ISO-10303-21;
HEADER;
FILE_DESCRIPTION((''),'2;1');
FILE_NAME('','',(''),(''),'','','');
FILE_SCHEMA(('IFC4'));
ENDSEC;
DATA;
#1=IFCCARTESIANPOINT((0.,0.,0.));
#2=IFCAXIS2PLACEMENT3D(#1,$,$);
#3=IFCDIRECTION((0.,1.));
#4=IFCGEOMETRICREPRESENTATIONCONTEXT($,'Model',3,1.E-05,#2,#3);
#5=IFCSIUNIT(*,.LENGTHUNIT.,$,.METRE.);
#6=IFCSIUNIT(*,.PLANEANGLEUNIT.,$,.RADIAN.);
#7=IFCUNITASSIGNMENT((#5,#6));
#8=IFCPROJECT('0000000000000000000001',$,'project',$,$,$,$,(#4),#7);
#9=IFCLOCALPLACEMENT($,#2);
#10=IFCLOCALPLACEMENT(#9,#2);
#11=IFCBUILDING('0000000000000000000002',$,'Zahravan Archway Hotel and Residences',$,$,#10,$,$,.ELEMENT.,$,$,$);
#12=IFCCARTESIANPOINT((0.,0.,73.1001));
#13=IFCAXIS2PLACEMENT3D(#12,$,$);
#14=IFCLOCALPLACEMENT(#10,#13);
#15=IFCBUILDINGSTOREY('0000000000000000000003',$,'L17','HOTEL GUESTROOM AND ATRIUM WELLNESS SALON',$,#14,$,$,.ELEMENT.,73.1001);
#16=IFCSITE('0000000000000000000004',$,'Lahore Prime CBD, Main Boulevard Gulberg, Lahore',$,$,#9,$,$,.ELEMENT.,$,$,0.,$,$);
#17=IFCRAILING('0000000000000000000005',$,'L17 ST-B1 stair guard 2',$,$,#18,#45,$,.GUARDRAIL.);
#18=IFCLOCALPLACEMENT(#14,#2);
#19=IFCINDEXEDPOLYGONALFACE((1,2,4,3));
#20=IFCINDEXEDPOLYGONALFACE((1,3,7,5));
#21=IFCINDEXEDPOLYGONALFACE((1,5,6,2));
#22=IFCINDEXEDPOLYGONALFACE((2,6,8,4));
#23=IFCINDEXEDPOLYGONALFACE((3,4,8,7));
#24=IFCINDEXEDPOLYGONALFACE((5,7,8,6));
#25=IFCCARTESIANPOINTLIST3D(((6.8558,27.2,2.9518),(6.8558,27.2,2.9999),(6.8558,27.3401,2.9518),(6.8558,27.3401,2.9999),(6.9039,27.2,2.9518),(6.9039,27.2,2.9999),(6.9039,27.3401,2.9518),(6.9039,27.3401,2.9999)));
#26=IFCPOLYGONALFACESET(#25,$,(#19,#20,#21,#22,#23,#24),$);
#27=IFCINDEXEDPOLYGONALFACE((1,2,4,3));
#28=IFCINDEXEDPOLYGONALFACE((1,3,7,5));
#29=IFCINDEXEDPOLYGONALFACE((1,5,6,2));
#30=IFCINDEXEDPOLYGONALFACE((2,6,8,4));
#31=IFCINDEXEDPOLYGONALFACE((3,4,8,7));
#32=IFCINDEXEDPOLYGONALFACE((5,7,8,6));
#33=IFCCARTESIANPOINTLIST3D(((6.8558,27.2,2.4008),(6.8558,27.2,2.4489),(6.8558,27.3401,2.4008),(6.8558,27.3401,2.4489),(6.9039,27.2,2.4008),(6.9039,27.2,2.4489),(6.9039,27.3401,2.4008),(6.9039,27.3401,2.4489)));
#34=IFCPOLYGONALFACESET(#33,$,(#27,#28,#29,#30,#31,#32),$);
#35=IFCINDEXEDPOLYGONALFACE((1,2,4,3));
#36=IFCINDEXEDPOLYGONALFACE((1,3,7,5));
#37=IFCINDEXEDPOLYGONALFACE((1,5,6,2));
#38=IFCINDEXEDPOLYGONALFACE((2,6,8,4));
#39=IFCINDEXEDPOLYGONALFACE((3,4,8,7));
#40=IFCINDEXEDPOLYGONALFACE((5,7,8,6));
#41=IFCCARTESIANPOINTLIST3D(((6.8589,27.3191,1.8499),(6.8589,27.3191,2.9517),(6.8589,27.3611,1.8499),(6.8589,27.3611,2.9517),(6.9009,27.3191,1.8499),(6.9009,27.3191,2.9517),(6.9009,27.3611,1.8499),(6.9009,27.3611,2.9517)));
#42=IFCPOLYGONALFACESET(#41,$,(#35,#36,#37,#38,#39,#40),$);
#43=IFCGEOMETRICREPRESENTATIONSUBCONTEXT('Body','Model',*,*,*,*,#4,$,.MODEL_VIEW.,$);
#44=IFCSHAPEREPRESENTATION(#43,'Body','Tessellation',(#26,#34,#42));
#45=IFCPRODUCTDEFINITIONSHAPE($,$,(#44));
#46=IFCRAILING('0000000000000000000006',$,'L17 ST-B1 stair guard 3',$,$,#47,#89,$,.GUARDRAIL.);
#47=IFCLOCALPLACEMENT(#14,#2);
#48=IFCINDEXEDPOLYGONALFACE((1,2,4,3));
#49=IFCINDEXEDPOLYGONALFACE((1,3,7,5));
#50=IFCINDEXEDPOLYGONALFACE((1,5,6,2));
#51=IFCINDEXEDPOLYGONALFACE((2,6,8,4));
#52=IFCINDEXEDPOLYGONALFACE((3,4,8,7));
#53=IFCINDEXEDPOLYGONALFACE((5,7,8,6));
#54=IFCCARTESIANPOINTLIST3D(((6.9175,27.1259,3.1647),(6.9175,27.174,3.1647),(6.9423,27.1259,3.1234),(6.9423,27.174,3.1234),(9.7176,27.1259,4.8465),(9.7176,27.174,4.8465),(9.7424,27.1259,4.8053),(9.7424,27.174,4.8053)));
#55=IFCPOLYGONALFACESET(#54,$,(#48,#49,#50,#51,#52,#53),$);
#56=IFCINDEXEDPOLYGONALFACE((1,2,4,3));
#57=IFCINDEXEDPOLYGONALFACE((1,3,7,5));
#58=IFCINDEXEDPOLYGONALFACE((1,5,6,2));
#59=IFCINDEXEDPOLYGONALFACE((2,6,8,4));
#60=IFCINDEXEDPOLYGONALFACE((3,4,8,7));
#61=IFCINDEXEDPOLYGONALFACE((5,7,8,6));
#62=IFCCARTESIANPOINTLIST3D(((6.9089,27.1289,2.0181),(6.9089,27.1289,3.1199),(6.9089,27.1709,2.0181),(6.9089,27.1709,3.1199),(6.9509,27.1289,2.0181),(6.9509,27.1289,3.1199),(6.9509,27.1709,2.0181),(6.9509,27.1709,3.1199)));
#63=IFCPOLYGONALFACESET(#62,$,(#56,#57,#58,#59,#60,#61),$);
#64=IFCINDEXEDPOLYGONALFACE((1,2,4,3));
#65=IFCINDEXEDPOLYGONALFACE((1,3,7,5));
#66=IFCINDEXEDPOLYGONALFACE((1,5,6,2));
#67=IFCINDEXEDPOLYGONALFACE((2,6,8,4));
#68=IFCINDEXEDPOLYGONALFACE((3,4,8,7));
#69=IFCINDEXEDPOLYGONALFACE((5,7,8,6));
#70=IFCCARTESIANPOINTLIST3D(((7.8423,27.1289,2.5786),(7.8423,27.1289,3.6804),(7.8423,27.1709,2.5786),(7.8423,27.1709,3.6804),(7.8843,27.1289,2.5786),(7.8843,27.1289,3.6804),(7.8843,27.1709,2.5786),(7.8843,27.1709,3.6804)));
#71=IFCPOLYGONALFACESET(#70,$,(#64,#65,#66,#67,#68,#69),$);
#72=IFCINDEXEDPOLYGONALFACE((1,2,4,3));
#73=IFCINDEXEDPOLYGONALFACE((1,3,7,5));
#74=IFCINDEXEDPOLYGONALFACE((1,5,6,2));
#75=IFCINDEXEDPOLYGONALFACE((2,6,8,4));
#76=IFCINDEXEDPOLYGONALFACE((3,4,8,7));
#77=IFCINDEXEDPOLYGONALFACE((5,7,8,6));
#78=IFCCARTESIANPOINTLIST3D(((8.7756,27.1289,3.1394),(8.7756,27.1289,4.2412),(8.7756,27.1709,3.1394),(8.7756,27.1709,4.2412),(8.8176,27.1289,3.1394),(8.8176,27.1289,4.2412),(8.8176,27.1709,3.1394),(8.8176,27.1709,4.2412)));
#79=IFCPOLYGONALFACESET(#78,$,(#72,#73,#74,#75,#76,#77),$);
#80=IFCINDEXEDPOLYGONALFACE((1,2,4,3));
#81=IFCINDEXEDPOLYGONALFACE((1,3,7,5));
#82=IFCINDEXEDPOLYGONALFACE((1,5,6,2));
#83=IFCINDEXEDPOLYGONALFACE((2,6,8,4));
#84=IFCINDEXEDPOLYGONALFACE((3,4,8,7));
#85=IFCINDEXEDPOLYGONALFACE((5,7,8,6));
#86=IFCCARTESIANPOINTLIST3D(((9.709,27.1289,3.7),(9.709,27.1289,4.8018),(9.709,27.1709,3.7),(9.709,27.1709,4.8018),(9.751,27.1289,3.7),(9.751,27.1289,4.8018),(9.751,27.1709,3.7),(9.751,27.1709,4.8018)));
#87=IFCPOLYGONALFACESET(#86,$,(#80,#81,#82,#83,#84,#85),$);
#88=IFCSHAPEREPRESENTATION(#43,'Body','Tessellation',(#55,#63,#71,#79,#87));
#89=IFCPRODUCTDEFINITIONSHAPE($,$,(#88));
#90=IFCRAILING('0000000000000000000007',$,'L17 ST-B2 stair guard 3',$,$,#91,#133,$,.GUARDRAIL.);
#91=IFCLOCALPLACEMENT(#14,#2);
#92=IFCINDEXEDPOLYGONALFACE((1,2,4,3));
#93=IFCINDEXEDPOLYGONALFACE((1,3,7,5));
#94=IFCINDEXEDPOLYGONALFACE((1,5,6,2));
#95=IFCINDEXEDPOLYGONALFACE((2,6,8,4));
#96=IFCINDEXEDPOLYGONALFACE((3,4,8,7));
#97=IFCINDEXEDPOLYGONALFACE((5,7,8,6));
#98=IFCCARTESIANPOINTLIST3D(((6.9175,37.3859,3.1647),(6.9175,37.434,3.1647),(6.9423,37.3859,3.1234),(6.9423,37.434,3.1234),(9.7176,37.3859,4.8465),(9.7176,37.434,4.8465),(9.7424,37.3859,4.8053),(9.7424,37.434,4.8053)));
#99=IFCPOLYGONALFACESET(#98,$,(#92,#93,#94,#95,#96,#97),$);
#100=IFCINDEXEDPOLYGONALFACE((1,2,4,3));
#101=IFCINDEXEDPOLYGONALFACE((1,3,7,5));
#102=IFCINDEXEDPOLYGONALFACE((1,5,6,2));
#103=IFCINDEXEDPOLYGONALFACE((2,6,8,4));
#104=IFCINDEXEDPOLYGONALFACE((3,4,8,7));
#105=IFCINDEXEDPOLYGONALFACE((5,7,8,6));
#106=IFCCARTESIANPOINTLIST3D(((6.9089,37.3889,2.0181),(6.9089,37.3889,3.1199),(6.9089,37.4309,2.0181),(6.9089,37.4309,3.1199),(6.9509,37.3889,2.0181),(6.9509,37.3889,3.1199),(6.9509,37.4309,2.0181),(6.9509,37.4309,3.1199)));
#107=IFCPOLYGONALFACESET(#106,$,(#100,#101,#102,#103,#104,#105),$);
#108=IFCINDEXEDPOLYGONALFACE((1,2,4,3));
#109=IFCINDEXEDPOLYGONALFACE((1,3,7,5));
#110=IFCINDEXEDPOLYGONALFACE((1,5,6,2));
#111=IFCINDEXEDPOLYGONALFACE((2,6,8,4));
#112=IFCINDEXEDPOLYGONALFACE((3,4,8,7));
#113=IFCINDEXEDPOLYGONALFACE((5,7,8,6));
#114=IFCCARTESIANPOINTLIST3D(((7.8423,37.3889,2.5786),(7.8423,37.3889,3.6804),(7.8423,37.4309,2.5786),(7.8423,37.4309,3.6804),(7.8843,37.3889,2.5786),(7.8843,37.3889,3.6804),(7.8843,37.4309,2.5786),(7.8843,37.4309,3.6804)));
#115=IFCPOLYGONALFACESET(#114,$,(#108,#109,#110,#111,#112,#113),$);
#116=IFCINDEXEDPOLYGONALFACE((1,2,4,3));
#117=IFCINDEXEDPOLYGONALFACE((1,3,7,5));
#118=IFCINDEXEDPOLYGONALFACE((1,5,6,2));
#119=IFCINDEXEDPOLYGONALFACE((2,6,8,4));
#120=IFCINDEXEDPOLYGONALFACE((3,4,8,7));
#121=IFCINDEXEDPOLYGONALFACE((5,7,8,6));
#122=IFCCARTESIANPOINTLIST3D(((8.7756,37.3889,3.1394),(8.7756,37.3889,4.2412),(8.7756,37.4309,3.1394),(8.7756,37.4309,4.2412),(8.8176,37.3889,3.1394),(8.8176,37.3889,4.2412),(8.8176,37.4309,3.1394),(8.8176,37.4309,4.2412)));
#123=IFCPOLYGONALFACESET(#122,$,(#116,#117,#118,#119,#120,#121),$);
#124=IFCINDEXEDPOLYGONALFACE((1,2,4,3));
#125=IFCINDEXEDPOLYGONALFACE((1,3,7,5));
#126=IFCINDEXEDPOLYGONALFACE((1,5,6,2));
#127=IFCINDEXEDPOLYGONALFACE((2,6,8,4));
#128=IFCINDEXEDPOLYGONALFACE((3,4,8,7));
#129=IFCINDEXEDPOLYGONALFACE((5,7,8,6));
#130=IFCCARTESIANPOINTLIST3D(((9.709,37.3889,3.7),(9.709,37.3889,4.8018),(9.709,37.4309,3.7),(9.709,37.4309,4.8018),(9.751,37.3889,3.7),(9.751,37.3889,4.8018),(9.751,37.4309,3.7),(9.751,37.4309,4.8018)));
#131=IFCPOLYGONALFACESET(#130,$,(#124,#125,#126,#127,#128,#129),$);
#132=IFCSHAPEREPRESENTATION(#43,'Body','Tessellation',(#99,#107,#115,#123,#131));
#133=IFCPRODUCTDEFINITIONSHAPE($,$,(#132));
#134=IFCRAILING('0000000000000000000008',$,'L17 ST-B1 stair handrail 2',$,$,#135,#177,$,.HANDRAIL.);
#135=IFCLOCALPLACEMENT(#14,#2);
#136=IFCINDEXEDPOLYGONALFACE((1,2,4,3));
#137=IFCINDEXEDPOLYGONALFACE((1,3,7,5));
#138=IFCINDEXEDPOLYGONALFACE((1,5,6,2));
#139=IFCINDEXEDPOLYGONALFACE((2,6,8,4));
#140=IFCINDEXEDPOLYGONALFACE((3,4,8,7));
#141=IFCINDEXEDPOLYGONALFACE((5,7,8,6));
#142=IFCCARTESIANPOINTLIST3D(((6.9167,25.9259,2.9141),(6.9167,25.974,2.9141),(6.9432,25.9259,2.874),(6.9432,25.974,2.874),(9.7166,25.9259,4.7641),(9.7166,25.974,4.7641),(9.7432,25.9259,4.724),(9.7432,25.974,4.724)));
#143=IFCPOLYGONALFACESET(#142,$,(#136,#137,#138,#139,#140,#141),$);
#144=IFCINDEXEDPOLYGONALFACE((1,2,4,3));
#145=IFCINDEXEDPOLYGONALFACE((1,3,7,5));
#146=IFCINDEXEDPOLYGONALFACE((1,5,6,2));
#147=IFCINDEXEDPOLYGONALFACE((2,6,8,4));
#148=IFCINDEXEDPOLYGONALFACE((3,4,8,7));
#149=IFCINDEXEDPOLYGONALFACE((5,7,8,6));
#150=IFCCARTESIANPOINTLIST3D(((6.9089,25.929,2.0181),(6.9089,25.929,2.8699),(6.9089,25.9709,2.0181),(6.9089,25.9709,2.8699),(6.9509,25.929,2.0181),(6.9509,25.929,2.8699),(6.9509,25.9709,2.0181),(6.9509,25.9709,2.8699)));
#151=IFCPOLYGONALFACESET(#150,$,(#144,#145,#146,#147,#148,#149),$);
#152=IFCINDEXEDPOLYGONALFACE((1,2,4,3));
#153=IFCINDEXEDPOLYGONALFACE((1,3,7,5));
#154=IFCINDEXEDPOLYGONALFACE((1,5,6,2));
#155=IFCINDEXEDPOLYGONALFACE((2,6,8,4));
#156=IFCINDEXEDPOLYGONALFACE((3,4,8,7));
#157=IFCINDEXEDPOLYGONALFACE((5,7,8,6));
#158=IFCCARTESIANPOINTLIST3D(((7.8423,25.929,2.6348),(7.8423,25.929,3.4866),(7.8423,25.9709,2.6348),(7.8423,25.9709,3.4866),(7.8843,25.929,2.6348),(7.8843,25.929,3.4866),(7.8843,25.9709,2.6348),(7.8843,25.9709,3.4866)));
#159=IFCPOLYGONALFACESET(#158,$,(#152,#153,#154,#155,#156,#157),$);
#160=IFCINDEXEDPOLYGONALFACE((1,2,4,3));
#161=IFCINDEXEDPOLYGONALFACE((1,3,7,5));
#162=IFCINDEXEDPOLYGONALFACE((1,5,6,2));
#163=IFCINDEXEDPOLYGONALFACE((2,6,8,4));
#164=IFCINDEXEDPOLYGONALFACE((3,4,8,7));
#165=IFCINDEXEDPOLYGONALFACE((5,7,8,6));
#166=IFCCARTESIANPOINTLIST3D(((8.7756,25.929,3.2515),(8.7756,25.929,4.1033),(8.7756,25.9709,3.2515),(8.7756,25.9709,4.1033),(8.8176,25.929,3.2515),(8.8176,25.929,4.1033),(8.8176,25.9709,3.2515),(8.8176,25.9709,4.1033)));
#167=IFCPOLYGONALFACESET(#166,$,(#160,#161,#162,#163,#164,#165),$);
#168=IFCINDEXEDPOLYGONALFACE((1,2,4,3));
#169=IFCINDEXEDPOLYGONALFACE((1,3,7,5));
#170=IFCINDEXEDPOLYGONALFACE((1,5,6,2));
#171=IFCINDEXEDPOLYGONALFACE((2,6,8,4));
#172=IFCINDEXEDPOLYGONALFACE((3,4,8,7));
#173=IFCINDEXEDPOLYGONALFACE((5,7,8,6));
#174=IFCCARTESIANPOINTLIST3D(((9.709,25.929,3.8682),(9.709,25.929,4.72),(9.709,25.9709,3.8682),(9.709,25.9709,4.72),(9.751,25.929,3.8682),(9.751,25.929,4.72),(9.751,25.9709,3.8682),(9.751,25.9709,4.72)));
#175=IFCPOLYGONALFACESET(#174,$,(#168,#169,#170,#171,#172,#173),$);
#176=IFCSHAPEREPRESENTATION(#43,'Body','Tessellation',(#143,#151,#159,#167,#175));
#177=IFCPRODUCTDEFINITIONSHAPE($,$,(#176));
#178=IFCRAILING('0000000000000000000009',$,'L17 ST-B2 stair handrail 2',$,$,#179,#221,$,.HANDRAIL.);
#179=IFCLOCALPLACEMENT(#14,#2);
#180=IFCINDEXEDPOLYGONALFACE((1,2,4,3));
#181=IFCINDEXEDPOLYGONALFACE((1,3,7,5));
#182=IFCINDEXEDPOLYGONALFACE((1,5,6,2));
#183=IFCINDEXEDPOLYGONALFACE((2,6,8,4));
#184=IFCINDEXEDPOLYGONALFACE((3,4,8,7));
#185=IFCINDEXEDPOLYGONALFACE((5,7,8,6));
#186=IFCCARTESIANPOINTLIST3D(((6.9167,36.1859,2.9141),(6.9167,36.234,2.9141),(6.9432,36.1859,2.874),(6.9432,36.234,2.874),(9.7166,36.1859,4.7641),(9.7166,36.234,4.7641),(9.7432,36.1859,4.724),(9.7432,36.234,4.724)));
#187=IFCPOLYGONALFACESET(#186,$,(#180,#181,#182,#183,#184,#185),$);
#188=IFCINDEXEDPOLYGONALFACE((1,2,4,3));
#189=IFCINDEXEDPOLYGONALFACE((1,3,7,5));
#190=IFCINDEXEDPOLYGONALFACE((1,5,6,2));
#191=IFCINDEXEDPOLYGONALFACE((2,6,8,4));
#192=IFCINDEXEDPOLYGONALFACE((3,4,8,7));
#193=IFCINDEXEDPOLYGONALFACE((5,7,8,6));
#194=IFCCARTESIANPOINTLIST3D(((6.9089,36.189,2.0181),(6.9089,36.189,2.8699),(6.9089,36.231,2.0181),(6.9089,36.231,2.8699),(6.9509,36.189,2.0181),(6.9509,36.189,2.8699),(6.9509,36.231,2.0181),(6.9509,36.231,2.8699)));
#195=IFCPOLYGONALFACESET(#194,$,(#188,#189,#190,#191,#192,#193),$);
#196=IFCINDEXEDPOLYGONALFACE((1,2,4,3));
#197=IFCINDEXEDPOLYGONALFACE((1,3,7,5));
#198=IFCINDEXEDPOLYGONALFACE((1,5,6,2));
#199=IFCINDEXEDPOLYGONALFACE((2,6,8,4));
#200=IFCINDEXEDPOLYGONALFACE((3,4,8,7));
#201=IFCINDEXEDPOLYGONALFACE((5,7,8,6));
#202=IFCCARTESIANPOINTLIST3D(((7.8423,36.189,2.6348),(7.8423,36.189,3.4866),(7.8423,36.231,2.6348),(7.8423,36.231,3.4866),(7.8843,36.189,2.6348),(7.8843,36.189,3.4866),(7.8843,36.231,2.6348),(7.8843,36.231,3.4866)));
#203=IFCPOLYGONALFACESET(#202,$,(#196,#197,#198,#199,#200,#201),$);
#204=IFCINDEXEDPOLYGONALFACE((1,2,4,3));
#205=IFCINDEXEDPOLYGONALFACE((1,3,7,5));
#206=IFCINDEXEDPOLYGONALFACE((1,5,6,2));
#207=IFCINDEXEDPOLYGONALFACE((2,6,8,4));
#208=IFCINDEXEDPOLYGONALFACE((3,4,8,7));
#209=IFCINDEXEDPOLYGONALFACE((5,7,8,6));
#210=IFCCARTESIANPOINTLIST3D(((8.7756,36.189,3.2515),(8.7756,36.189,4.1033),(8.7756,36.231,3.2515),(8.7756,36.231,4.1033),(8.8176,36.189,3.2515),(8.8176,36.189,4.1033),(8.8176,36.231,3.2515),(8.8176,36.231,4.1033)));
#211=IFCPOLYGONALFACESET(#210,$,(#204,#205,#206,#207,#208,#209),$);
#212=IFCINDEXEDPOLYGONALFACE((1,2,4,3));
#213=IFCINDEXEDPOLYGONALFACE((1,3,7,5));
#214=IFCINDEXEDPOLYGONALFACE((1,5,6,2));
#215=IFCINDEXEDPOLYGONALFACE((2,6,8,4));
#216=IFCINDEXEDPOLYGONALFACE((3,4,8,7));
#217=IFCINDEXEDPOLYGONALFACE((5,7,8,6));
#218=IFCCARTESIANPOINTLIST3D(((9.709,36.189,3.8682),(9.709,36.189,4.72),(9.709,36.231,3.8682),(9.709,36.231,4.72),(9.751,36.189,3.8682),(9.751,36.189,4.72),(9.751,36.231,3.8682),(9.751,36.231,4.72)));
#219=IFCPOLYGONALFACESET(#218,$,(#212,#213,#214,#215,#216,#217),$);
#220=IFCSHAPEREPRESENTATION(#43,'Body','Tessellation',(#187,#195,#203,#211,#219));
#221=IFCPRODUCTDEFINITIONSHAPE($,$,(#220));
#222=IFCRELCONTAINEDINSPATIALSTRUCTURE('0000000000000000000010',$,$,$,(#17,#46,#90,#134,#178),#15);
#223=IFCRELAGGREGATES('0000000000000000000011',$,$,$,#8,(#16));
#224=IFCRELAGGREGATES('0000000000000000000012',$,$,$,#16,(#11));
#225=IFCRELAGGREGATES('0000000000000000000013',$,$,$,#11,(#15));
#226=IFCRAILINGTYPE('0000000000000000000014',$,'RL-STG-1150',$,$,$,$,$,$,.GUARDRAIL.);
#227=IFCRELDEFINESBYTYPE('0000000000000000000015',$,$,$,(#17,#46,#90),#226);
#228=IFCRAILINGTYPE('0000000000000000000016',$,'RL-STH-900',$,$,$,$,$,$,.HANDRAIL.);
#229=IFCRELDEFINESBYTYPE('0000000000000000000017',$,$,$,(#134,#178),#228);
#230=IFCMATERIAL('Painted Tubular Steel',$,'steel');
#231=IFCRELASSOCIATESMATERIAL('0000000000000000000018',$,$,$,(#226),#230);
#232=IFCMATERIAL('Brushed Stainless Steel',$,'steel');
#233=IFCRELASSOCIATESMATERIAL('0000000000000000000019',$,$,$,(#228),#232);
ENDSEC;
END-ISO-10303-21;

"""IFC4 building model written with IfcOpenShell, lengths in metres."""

from ifc_helpers import new_model, si_unit, direction, frame, origin, origin_2d, place, context, subcontext, project, spatial, rectangle, extrude, material, type_object, element, save


model = new_model("IFC4")

# Units and contexts
model_context = context("Model", 3, precision=1e-05, world=origin(), true_north=direction((0.0, 1.0)))
body_context = subcontext(model_context, "Body", "Model", "MODEL_VIEW")
ifc_project = project(units=[si_unit("LENGTHUNIT", "METRE"), si_unit("PLANEANGLEUNIT", "RADIAN")], contexts=[model_context])

# Site, building, storey
site_placement = place(None, origin())
site = spatial("IfcSite", under=ifc_project, at=site_placement, Name="Lahore Prime CBD, Main Boulevard Gulberg, Lahore", CompositionType="ELEMENT", RefElevation=0.0)
building_placement = place(site_placement, origin())
building = spatial("IfcBuilding", under=site, at=building_placement, Name="Zahravan Archway Hotel and Residences", CompositionType="ELEMENT")
storey_placement = place(building_placement, frame((0.0, 0.0, 73.1001)))
storey = spatial("IfcBuildingStorey", under=building, at=storey_placement, Name="L17", Description="HOTEL GUESTROOM AND ATRIUM WELLNESS SALON", CompositionType="ELEMENT", Elevation=73.1001)

# Shared definitions
ifc_material_1 = material(Name="Brushed Stainless Steel", Category="steel")

# Railings
ifc_material_2 = material(Name="Painted Tubular Steel", Category="steel")
railing_type_1 = type_object("IfcRailingType", Name="RL-STG-1150", PredefinedType="GUARDRAIL", material=ifc_material_2)
railing_1_placement = place(storey_placement, frame((6.8799, 27.3401, 1.8499)))
element("IfcRailing", 1, at=railing_1_placement, inside=storey, type_object=railing_type_1, Name="L17 ST-B1 stair guard 2", PredefinedType="GUARDRAIL", context=body_context, shape_type="SweptSolid", body=[
    extrude(rectangle(XDim=0.0481, YDim=0.0481, at=origin_2d()), frame((0.0, 0.0, 1.126), z_axis=(0.0, -1.0, 0.0), x_axis=(1.0, 0.0, 0.0)), (0.0, 0.0, 1.0), 0.1401),
    extrude(rectangle(XDim=0.0481, YDim=0.0481, at=origin_2d()), frame((0.0, 0.0, 0.575), z_axis=(0.0, -1.0, 0.0), x_axis=(1.0, 0.0, 0.0)), (0.0, 0.0, 1.0), 0.1401),
    extrude(rectangle(XDim=0.042, YDim=0.042, at=origin_2d()), origin(), (0.0, 0.0, 1.0), 1.1018),
])
for number, where, name in (
    (2, (6.9299, 27.1499, 2.0181), "L17 ST-B1 stair guard 3"),
    (3, (6.9299, 37.4099, 2.0181), "L17 ST-B2 stair guard 3"),
):
    element("IfcRailing", number, at=place(storey_placement, frame(where)), inside=storey, type_object=railing_type_1, Name=name, PredefinedType="GUARDRAIL", context=body_context, shape_type="SweptSolid", body=[
        extrude(rectangle(XDim=0.0481, YDim=0.0481, at=origin_2d()), frame((0.0, 0.0, 1.126), z_axis=(0.857242, 0.0, 0.514913), x_axis=(0.0, 1.0, 0.0)), (0.0, 0.0, 1.0), 3.2664),
        extrude(rectangle(XDim=0.042, YDim=0.042, at=origin_2d()), origin(), (0.0, 0.0, 1.0), 1.1018),
        extrude(rectangle(XDim=0.042, YDim=0.042, at=origin_2d()), frame((0.9333, 0.0, 0.5605)), (0.0, 0.0, 1.0), 1.1018),
        extrude(rectangle(XDim=0.042, YDim=0.042, at=origin_2d()), frame((1.8667, 0.0, 1.1213)), (0.0, 0.0, 1.0), 1.1018),
        extrude(rectangle(XDim=0.042, YDim=0.042, at=origin_2d()), frame((2.8, 0.0, 1.6819)), (0.0, 0.0, 1.0), 1.1018),
    ])
railing_type_2 = type_object("IfcRailingType", Name="RL-STH-900", PredefinedType="HANDRAIL", material=ifc_material_1)
for number, where, name in (
    (4, (6.9299, 25.95, 2.0181), "L17 ST-B1 stair handrail 2"),
    (5, (6.9299, 36.21, 2.0181), "L17 ST-B2 stair handrail 2"),
):
    element("IfcRailing", number, at=place(storey_placement, frame(where)), inside=storey, type_object=railing_type_2, Name=name, PredefinedType="HANDRAIL", context=body_context, shape_type="SweptSolid", body=[
        extrude(rectangle(XDim=0.0481, YDim=0.0481, at=origin_2d()), frame((0.0, 0.0, 0.876), z_axis=(0.834326, 0.0, 0.551271), x_axis=(0.0, 1.0, 0.0)), (0.0, 0.0, 1.0), 3.356),
        extrude(rectangle(XDim=0.042, YDim=0.042, at=origin_2d()), origin(), (0.0, 0.0, 1.0), 0.8518),
        extrude(rectangle(XDim=0.042, YDim=0.042, at=origin_2d()), frame((0.9333, 0.0, 0.6167)), (0.0, 0.0, 1.0), 0.8518),
        extrude(rectangle(XDim=0.042, YDim=0.042, at=origin_2d()), frame((1.8667, 0.0, 1.2334)), (0.0, 0.0, 1.0), 0.8518),
        extrude(rectangle(XDim=0.042, YDim=0.042, at=origin_2d()), frame((2.8, 0.0, 1.8501)), (0.0, 0.0, 1.0), 0.8518),
    ])

save(model, "model.ifc")
